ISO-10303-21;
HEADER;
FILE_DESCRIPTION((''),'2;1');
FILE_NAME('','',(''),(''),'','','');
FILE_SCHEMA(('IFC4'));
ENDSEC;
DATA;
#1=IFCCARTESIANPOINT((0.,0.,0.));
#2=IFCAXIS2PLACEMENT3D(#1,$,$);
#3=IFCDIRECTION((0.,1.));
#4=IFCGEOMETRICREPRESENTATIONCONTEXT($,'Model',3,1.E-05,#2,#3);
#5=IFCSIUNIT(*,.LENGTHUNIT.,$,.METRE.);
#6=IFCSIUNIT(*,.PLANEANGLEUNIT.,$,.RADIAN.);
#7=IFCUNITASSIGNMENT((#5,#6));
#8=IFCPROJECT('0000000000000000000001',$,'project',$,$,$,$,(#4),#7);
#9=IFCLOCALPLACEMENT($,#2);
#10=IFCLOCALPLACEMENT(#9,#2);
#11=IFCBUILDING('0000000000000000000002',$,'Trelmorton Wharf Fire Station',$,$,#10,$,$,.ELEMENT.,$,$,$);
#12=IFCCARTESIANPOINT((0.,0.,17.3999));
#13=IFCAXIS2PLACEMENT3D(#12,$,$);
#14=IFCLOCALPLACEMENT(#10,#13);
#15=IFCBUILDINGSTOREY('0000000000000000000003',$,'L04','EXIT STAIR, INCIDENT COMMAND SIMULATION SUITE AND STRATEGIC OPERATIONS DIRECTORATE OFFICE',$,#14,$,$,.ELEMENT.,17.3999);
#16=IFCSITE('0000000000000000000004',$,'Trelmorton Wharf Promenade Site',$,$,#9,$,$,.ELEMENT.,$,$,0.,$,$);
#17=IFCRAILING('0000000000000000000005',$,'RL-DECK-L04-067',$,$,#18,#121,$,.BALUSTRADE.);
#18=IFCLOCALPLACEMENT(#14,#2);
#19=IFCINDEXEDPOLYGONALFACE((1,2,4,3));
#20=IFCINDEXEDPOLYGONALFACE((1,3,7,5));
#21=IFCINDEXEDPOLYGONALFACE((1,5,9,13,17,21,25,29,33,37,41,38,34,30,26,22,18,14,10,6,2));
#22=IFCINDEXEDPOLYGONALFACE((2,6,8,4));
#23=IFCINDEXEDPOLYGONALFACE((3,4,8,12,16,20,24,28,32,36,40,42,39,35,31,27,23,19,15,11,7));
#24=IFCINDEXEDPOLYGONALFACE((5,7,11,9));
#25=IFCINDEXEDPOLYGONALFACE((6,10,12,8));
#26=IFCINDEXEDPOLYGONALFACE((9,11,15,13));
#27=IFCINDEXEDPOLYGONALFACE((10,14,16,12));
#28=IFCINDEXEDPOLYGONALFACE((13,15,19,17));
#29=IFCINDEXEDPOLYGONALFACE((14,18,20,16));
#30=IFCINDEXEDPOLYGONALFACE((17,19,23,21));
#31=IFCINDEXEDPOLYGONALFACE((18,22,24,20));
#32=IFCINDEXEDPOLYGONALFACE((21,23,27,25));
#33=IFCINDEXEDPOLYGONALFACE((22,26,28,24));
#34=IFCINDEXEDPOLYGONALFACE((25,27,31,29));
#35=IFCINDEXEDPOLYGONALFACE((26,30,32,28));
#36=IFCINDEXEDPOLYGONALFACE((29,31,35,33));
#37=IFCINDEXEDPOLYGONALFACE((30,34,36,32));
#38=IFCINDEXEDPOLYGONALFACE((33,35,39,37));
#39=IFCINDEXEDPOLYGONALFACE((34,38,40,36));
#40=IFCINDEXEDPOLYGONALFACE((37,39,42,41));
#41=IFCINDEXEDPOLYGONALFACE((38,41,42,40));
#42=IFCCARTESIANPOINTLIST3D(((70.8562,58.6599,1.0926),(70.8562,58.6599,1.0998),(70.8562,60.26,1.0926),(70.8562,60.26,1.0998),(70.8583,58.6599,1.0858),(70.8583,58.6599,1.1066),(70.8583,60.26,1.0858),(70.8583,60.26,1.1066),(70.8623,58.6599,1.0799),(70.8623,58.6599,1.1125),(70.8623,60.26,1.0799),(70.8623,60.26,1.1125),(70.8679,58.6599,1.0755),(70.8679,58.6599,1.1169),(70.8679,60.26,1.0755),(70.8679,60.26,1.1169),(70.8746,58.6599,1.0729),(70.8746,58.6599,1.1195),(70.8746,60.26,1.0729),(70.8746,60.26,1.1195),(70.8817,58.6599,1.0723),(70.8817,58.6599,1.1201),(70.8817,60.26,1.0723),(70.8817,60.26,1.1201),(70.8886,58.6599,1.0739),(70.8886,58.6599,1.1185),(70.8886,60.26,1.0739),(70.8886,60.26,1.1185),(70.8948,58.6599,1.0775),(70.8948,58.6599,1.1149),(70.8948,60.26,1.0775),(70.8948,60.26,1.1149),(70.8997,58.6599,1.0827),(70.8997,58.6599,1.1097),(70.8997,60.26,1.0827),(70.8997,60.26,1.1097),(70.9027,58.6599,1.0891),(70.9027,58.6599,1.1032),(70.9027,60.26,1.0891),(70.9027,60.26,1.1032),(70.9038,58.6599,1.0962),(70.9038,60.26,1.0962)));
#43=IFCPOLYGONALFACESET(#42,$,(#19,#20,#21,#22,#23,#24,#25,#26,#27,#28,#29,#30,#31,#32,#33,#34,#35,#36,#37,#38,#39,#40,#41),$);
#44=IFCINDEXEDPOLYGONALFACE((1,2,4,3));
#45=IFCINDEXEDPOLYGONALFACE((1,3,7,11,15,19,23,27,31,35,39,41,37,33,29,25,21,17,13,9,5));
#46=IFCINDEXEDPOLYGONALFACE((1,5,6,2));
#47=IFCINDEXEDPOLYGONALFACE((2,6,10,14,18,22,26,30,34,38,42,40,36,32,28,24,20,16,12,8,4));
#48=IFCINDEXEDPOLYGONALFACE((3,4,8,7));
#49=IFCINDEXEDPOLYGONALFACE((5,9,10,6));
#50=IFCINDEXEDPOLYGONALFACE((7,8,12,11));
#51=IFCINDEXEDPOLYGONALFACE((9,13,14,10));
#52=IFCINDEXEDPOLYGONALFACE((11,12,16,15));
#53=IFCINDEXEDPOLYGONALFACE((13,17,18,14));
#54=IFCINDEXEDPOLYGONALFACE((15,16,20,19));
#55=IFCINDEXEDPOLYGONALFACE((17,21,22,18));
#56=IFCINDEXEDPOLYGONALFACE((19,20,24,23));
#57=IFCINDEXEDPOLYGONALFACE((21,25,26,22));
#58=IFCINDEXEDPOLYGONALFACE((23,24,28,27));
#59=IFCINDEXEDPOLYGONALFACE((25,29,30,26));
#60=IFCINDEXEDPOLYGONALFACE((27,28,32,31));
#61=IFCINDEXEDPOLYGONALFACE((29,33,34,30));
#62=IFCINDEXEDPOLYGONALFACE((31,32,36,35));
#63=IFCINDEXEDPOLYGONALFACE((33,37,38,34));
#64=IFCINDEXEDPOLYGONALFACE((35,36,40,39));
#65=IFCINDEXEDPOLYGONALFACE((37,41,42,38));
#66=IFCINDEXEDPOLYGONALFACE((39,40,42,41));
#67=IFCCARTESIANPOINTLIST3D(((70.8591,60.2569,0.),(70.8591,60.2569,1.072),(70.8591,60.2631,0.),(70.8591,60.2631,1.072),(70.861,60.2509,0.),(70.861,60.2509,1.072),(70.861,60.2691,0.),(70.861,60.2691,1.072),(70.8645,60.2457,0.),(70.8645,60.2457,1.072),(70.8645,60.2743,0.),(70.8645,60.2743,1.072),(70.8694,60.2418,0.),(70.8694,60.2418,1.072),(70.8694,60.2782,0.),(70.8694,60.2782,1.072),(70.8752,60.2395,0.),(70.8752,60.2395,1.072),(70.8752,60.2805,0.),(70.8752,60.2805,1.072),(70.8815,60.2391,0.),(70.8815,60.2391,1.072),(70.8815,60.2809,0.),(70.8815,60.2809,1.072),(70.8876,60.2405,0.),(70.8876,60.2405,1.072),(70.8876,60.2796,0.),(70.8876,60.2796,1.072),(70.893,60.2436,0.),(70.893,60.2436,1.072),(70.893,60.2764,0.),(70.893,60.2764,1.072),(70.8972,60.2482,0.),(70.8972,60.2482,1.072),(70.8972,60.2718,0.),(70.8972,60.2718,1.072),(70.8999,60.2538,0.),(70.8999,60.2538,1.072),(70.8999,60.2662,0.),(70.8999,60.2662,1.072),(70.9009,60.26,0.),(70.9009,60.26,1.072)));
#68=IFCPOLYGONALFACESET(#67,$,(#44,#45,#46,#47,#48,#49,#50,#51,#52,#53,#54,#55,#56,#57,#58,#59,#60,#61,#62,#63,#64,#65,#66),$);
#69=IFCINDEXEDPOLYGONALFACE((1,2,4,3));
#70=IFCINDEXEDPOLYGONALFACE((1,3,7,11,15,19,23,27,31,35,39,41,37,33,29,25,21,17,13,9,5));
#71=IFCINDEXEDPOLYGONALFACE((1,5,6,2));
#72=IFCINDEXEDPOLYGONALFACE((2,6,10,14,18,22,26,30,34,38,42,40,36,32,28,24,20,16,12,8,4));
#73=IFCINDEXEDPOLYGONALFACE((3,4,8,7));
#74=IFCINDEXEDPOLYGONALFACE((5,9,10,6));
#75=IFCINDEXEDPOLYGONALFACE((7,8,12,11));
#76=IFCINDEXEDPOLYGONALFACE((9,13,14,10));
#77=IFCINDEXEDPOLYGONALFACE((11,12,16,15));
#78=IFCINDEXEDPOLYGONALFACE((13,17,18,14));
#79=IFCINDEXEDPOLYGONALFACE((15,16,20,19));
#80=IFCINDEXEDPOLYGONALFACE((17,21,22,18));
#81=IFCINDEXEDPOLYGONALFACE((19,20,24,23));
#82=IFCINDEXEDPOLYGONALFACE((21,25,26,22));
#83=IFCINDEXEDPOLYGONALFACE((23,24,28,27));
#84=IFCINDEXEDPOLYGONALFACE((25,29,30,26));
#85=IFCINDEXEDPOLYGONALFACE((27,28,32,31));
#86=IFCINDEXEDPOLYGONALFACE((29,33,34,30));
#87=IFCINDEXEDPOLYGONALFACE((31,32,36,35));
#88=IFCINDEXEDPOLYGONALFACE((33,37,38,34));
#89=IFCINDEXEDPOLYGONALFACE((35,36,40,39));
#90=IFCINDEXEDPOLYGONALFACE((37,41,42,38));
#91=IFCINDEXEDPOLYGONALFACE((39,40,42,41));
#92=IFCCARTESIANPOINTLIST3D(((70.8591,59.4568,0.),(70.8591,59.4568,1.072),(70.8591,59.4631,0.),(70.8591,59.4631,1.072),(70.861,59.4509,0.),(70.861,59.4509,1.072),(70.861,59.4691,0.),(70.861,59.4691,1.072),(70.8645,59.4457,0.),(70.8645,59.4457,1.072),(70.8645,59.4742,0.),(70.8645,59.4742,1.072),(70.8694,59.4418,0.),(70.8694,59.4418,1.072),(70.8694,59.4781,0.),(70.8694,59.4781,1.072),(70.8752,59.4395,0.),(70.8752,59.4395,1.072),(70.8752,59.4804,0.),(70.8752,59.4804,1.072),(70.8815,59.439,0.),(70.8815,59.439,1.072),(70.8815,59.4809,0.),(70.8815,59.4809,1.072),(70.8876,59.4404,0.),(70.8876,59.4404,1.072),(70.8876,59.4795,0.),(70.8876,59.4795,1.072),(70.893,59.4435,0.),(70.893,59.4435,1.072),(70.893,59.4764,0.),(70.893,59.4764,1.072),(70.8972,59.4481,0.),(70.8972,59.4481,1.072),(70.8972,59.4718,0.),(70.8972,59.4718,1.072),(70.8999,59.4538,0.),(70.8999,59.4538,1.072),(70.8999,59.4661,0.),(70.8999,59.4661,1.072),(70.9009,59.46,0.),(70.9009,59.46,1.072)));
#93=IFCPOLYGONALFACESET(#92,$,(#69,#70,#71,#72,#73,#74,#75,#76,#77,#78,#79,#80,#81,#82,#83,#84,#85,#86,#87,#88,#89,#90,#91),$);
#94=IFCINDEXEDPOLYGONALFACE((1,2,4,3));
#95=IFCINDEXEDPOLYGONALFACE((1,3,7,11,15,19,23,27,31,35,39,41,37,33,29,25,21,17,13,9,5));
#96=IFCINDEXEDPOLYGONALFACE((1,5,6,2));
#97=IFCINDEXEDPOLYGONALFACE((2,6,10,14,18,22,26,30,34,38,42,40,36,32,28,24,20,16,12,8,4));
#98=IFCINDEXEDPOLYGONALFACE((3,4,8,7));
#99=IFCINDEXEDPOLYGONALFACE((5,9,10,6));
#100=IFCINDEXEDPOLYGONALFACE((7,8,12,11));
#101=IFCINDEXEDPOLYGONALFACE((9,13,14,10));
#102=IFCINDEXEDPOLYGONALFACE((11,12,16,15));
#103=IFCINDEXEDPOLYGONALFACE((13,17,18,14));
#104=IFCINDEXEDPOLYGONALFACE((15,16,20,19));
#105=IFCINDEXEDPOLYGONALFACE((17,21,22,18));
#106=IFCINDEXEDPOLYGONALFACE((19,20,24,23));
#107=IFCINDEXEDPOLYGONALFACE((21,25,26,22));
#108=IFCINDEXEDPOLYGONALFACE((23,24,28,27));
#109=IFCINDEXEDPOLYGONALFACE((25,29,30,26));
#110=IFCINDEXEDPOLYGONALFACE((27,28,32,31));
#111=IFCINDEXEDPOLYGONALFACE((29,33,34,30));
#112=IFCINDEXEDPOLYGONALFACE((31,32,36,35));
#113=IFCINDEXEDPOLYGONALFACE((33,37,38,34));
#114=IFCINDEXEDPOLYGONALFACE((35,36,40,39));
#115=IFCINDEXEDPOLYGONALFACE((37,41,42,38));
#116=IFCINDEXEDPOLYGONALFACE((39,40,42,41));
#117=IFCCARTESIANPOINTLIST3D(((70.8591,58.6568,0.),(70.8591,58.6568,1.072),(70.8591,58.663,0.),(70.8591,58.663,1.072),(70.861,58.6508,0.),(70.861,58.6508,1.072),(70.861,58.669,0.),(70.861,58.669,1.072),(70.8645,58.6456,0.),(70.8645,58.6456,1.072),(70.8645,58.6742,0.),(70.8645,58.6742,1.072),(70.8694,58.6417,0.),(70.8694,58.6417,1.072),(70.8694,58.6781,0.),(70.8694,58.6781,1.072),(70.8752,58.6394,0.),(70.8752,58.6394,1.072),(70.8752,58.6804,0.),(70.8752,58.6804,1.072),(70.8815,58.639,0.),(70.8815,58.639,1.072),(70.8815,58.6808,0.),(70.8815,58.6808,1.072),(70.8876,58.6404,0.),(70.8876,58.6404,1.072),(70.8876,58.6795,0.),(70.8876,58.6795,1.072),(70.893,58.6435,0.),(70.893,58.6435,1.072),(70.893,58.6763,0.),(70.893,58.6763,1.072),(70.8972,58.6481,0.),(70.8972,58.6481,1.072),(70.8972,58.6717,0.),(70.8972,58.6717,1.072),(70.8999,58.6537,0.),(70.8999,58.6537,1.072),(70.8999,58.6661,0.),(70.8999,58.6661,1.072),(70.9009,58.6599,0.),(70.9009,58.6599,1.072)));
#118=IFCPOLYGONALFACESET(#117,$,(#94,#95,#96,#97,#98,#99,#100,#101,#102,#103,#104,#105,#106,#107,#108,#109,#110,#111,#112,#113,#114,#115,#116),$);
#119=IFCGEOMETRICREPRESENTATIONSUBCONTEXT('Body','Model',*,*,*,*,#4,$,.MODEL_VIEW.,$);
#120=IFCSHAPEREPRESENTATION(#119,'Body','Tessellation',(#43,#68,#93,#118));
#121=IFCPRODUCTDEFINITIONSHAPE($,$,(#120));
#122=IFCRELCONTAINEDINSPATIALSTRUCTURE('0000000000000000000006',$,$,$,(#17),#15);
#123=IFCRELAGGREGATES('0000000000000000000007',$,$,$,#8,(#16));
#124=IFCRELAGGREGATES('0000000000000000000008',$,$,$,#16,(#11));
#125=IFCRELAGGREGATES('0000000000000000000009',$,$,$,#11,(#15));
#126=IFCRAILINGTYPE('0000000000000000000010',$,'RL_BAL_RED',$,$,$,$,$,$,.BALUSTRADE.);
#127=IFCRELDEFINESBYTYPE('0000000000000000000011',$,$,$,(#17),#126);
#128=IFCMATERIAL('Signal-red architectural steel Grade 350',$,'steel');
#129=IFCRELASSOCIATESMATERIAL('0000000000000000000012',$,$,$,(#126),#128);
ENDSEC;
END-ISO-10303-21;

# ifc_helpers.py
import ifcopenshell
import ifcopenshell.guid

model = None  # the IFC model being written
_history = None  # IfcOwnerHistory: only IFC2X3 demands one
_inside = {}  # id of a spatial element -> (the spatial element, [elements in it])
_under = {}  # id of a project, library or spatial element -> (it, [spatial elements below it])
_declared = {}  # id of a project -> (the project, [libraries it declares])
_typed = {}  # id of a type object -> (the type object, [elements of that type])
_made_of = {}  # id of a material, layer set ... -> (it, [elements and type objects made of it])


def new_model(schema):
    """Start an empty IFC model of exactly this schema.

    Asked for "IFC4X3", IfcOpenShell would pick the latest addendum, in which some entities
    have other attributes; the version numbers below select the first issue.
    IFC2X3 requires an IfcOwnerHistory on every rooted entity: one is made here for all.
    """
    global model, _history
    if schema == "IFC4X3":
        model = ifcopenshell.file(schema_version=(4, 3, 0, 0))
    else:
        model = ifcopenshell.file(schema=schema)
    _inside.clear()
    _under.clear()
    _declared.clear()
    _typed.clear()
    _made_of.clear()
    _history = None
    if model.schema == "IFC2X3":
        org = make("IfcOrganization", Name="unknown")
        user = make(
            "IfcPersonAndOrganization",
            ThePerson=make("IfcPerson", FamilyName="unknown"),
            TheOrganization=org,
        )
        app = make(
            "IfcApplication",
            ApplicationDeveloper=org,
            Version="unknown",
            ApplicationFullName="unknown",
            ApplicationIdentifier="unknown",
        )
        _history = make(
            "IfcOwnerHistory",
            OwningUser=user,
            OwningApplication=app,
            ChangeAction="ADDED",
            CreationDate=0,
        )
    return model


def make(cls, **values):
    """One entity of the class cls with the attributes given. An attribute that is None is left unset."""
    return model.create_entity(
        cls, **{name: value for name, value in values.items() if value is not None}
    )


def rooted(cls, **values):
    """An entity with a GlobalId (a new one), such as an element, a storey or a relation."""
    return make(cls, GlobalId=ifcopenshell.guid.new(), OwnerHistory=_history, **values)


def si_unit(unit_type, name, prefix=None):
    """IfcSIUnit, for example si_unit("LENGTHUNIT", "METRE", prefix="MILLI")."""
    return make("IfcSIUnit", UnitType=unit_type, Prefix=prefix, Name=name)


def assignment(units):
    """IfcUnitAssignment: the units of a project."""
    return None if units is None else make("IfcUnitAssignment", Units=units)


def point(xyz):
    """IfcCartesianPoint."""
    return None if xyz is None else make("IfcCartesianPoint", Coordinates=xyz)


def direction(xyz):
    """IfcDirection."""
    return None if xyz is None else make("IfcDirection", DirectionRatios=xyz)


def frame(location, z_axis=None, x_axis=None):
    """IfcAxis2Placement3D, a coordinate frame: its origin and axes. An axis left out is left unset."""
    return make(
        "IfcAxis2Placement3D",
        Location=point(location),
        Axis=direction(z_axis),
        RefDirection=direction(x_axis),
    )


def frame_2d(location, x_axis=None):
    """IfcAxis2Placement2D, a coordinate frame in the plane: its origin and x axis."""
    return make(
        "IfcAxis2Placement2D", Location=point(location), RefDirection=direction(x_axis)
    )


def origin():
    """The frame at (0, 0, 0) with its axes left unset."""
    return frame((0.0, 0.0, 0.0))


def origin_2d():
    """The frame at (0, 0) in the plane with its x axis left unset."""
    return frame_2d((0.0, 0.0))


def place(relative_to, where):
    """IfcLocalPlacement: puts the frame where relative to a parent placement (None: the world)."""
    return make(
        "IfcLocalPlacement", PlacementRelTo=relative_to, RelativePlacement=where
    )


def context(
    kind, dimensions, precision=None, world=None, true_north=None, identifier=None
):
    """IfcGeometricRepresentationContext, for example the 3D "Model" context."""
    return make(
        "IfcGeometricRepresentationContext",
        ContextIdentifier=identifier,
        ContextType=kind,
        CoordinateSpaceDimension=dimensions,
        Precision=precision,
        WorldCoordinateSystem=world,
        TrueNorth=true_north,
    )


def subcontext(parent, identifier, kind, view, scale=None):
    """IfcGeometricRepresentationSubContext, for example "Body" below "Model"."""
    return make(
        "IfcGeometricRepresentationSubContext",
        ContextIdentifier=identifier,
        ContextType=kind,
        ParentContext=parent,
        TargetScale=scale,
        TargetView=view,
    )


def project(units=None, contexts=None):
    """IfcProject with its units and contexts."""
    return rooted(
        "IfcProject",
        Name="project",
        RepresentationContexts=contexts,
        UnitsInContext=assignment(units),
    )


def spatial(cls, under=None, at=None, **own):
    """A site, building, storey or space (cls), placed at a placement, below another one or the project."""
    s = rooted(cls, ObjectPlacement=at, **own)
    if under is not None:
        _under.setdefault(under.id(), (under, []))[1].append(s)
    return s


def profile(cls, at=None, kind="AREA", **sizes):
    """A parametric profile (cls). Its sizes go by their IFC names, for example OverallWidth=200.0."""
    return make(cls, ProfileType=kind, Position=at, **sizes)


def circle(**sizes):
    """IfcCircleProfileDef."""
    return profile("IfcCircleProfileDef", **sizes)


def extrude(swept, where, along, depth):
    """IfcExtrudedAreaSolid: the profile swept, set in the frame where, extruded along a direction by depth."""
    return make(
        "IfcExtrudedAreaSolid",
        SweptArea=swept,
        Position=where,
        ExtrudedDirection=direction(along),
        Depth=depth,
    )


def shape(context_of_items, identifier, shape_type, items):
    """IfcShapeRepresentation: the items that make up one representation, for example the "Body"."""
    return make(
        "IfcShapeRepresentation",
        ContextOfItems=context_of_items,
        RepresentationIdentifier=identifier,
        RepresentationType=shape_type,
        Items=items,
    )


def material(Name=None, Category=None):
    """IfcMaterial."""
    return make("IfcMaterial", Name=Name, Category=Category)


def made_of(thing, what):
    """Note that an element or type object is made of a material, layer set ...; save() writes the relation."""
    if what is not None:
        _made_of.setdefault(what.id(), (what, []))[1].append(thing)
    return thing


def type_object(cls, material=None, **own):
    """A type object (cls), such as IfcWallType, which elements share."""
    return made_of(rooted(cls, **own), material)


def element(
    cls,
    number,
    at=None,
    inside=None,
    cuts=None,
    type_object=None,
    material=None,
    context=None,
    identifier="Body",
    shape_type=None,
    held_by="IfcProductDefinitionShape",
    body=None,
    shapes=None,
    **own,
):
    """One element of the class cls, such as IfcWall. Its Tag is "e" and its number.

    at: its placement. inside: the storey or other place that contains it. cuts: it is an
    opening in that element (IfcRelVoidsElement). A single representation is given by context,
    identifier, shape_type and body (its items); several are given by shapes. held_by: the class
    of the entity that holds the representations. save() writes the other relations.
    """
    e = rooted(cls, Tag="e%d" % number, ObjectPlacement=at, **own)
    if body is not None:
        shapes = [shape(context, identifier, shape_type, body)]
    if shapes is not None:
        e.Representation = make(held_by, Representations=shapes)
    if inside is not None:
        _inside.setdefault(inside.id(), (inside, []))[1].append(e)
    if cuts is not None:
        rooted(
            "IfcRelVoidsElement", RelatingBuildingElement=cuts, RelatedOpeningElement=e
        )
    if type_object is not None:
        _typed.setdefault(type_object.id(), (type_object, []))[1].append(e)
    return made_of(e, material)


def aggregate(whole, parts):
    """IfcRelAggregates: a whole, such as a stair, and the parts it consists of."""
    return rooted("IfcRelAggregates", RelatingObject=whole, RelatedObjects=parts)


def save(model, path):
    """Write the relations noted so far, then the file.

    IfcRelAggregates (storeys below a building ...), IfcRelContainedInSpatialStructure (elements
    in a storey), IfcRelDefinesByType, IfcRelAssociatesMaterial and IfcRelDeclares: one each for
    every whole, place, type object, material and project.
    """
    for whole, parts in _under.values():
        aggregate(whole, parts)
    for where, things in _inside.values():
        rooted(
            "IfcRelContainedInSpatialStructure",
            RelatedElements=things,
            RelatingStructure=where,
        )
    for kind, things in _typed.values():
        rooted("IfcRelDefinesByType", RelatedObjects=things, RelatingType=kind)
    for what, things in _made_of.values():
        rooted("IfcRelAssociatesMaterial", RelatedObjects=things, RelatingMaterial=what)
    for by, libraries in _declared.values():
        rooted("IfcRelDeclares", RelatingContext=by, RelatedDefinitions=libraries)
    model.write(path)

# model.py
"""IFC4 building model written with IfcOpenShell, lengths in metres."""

from ifc_helpers import new_model, si_unit, direction, frame, origin, origin_2d, place, context, subcontext, project, spatial, circle, extrude, material, type_object, element, save


model = new_model("IFC4")

# Units and contexts
model_context = context("Model", 3, precision=1e-05, world=origin(), true_north=direction((0.0, 1.0)))
body_context = subcontext(model_context, "Body", "Model", "MODEL_VIEW")
ifc_project = project(units=[si_unit("LENGTHUNIT", "METRE"), si_unit("PLANEANGLEUNIT", "RADIAN")], contexts=[model_context])

# Site, building, storey
site_placement = place(None, origin())
site = spatial("IfcSite", under=ifc_project, at=site_placement, Name="Trelmorton Wharf Promenade Site", CompositionType="ELEMENT", RefElevation=0.0)
building_placement = place(site_placement, origin())
building = spatial("IfcBuilding", under=site, at=building_placement, Name="Trelmorton Wharf Fire Station", CompositionType="ELEMENT")
storey_placement = place(building_placement, frame((0.0, 0.0, 17.3999)))
storey = spatial("IfcBuildingStorey", under=building, at=storey_placement, Name="L04", Description="EXIT STAIR, INCIDENT COMMAND SIMULATION SUITE AND STRATEGIC OPERATIONS DIRECTORATE OFFICE", CompositionType="ELEMENT", Elevation=17.3999)

# Shared definitions
ifc_material_1 = material(Name="Signal-red architectural steel Grade 350", Category="steel")

# Railing
railing_type = type_object("IfcRailingType", Name="RL_BAL_RED", PredefinedType="BALUSTRADE", material=ifc_material_1)
railing_1_placement = place(storey_placement, frame((70.8799, 60.26, 0.0)))
element("IfcRailing", 1, at=railing_1_placement, inside=storey, type_object=railing_type, Name="RL-DECK-L04-067", PredefinedType="BALUSTRADE", context=body_context, shape_type="SweptSolid", body=[
    extrude(circle(Radius=0.0239, at=origin_2d()), frame((0.0, 0.0, 1.0962), z_axis=(0.0, -1.0, 0.0), x_axis=(1.0, 0.0, 0.0)), (0.0, 0.0, 1.0), 1.6001),
    extrude(circle(Radius=0.021, at=origin_2d()), origin(), (0.0, 0.0, 1.0), 1.072),
    extrude(circle(Radius=0.021, at=origin_2d()), frame((0.0, -0.8, 0.0)), (0.0, 0.0, 1.0), 1.072),
    extrude(circle(Radius=0.021, at=origin_2d()), frame((0.0, -1.6001, 0.0)), (0.0, 0.0, 1.0), 1.072),
])

save(model, "model.ifc")
